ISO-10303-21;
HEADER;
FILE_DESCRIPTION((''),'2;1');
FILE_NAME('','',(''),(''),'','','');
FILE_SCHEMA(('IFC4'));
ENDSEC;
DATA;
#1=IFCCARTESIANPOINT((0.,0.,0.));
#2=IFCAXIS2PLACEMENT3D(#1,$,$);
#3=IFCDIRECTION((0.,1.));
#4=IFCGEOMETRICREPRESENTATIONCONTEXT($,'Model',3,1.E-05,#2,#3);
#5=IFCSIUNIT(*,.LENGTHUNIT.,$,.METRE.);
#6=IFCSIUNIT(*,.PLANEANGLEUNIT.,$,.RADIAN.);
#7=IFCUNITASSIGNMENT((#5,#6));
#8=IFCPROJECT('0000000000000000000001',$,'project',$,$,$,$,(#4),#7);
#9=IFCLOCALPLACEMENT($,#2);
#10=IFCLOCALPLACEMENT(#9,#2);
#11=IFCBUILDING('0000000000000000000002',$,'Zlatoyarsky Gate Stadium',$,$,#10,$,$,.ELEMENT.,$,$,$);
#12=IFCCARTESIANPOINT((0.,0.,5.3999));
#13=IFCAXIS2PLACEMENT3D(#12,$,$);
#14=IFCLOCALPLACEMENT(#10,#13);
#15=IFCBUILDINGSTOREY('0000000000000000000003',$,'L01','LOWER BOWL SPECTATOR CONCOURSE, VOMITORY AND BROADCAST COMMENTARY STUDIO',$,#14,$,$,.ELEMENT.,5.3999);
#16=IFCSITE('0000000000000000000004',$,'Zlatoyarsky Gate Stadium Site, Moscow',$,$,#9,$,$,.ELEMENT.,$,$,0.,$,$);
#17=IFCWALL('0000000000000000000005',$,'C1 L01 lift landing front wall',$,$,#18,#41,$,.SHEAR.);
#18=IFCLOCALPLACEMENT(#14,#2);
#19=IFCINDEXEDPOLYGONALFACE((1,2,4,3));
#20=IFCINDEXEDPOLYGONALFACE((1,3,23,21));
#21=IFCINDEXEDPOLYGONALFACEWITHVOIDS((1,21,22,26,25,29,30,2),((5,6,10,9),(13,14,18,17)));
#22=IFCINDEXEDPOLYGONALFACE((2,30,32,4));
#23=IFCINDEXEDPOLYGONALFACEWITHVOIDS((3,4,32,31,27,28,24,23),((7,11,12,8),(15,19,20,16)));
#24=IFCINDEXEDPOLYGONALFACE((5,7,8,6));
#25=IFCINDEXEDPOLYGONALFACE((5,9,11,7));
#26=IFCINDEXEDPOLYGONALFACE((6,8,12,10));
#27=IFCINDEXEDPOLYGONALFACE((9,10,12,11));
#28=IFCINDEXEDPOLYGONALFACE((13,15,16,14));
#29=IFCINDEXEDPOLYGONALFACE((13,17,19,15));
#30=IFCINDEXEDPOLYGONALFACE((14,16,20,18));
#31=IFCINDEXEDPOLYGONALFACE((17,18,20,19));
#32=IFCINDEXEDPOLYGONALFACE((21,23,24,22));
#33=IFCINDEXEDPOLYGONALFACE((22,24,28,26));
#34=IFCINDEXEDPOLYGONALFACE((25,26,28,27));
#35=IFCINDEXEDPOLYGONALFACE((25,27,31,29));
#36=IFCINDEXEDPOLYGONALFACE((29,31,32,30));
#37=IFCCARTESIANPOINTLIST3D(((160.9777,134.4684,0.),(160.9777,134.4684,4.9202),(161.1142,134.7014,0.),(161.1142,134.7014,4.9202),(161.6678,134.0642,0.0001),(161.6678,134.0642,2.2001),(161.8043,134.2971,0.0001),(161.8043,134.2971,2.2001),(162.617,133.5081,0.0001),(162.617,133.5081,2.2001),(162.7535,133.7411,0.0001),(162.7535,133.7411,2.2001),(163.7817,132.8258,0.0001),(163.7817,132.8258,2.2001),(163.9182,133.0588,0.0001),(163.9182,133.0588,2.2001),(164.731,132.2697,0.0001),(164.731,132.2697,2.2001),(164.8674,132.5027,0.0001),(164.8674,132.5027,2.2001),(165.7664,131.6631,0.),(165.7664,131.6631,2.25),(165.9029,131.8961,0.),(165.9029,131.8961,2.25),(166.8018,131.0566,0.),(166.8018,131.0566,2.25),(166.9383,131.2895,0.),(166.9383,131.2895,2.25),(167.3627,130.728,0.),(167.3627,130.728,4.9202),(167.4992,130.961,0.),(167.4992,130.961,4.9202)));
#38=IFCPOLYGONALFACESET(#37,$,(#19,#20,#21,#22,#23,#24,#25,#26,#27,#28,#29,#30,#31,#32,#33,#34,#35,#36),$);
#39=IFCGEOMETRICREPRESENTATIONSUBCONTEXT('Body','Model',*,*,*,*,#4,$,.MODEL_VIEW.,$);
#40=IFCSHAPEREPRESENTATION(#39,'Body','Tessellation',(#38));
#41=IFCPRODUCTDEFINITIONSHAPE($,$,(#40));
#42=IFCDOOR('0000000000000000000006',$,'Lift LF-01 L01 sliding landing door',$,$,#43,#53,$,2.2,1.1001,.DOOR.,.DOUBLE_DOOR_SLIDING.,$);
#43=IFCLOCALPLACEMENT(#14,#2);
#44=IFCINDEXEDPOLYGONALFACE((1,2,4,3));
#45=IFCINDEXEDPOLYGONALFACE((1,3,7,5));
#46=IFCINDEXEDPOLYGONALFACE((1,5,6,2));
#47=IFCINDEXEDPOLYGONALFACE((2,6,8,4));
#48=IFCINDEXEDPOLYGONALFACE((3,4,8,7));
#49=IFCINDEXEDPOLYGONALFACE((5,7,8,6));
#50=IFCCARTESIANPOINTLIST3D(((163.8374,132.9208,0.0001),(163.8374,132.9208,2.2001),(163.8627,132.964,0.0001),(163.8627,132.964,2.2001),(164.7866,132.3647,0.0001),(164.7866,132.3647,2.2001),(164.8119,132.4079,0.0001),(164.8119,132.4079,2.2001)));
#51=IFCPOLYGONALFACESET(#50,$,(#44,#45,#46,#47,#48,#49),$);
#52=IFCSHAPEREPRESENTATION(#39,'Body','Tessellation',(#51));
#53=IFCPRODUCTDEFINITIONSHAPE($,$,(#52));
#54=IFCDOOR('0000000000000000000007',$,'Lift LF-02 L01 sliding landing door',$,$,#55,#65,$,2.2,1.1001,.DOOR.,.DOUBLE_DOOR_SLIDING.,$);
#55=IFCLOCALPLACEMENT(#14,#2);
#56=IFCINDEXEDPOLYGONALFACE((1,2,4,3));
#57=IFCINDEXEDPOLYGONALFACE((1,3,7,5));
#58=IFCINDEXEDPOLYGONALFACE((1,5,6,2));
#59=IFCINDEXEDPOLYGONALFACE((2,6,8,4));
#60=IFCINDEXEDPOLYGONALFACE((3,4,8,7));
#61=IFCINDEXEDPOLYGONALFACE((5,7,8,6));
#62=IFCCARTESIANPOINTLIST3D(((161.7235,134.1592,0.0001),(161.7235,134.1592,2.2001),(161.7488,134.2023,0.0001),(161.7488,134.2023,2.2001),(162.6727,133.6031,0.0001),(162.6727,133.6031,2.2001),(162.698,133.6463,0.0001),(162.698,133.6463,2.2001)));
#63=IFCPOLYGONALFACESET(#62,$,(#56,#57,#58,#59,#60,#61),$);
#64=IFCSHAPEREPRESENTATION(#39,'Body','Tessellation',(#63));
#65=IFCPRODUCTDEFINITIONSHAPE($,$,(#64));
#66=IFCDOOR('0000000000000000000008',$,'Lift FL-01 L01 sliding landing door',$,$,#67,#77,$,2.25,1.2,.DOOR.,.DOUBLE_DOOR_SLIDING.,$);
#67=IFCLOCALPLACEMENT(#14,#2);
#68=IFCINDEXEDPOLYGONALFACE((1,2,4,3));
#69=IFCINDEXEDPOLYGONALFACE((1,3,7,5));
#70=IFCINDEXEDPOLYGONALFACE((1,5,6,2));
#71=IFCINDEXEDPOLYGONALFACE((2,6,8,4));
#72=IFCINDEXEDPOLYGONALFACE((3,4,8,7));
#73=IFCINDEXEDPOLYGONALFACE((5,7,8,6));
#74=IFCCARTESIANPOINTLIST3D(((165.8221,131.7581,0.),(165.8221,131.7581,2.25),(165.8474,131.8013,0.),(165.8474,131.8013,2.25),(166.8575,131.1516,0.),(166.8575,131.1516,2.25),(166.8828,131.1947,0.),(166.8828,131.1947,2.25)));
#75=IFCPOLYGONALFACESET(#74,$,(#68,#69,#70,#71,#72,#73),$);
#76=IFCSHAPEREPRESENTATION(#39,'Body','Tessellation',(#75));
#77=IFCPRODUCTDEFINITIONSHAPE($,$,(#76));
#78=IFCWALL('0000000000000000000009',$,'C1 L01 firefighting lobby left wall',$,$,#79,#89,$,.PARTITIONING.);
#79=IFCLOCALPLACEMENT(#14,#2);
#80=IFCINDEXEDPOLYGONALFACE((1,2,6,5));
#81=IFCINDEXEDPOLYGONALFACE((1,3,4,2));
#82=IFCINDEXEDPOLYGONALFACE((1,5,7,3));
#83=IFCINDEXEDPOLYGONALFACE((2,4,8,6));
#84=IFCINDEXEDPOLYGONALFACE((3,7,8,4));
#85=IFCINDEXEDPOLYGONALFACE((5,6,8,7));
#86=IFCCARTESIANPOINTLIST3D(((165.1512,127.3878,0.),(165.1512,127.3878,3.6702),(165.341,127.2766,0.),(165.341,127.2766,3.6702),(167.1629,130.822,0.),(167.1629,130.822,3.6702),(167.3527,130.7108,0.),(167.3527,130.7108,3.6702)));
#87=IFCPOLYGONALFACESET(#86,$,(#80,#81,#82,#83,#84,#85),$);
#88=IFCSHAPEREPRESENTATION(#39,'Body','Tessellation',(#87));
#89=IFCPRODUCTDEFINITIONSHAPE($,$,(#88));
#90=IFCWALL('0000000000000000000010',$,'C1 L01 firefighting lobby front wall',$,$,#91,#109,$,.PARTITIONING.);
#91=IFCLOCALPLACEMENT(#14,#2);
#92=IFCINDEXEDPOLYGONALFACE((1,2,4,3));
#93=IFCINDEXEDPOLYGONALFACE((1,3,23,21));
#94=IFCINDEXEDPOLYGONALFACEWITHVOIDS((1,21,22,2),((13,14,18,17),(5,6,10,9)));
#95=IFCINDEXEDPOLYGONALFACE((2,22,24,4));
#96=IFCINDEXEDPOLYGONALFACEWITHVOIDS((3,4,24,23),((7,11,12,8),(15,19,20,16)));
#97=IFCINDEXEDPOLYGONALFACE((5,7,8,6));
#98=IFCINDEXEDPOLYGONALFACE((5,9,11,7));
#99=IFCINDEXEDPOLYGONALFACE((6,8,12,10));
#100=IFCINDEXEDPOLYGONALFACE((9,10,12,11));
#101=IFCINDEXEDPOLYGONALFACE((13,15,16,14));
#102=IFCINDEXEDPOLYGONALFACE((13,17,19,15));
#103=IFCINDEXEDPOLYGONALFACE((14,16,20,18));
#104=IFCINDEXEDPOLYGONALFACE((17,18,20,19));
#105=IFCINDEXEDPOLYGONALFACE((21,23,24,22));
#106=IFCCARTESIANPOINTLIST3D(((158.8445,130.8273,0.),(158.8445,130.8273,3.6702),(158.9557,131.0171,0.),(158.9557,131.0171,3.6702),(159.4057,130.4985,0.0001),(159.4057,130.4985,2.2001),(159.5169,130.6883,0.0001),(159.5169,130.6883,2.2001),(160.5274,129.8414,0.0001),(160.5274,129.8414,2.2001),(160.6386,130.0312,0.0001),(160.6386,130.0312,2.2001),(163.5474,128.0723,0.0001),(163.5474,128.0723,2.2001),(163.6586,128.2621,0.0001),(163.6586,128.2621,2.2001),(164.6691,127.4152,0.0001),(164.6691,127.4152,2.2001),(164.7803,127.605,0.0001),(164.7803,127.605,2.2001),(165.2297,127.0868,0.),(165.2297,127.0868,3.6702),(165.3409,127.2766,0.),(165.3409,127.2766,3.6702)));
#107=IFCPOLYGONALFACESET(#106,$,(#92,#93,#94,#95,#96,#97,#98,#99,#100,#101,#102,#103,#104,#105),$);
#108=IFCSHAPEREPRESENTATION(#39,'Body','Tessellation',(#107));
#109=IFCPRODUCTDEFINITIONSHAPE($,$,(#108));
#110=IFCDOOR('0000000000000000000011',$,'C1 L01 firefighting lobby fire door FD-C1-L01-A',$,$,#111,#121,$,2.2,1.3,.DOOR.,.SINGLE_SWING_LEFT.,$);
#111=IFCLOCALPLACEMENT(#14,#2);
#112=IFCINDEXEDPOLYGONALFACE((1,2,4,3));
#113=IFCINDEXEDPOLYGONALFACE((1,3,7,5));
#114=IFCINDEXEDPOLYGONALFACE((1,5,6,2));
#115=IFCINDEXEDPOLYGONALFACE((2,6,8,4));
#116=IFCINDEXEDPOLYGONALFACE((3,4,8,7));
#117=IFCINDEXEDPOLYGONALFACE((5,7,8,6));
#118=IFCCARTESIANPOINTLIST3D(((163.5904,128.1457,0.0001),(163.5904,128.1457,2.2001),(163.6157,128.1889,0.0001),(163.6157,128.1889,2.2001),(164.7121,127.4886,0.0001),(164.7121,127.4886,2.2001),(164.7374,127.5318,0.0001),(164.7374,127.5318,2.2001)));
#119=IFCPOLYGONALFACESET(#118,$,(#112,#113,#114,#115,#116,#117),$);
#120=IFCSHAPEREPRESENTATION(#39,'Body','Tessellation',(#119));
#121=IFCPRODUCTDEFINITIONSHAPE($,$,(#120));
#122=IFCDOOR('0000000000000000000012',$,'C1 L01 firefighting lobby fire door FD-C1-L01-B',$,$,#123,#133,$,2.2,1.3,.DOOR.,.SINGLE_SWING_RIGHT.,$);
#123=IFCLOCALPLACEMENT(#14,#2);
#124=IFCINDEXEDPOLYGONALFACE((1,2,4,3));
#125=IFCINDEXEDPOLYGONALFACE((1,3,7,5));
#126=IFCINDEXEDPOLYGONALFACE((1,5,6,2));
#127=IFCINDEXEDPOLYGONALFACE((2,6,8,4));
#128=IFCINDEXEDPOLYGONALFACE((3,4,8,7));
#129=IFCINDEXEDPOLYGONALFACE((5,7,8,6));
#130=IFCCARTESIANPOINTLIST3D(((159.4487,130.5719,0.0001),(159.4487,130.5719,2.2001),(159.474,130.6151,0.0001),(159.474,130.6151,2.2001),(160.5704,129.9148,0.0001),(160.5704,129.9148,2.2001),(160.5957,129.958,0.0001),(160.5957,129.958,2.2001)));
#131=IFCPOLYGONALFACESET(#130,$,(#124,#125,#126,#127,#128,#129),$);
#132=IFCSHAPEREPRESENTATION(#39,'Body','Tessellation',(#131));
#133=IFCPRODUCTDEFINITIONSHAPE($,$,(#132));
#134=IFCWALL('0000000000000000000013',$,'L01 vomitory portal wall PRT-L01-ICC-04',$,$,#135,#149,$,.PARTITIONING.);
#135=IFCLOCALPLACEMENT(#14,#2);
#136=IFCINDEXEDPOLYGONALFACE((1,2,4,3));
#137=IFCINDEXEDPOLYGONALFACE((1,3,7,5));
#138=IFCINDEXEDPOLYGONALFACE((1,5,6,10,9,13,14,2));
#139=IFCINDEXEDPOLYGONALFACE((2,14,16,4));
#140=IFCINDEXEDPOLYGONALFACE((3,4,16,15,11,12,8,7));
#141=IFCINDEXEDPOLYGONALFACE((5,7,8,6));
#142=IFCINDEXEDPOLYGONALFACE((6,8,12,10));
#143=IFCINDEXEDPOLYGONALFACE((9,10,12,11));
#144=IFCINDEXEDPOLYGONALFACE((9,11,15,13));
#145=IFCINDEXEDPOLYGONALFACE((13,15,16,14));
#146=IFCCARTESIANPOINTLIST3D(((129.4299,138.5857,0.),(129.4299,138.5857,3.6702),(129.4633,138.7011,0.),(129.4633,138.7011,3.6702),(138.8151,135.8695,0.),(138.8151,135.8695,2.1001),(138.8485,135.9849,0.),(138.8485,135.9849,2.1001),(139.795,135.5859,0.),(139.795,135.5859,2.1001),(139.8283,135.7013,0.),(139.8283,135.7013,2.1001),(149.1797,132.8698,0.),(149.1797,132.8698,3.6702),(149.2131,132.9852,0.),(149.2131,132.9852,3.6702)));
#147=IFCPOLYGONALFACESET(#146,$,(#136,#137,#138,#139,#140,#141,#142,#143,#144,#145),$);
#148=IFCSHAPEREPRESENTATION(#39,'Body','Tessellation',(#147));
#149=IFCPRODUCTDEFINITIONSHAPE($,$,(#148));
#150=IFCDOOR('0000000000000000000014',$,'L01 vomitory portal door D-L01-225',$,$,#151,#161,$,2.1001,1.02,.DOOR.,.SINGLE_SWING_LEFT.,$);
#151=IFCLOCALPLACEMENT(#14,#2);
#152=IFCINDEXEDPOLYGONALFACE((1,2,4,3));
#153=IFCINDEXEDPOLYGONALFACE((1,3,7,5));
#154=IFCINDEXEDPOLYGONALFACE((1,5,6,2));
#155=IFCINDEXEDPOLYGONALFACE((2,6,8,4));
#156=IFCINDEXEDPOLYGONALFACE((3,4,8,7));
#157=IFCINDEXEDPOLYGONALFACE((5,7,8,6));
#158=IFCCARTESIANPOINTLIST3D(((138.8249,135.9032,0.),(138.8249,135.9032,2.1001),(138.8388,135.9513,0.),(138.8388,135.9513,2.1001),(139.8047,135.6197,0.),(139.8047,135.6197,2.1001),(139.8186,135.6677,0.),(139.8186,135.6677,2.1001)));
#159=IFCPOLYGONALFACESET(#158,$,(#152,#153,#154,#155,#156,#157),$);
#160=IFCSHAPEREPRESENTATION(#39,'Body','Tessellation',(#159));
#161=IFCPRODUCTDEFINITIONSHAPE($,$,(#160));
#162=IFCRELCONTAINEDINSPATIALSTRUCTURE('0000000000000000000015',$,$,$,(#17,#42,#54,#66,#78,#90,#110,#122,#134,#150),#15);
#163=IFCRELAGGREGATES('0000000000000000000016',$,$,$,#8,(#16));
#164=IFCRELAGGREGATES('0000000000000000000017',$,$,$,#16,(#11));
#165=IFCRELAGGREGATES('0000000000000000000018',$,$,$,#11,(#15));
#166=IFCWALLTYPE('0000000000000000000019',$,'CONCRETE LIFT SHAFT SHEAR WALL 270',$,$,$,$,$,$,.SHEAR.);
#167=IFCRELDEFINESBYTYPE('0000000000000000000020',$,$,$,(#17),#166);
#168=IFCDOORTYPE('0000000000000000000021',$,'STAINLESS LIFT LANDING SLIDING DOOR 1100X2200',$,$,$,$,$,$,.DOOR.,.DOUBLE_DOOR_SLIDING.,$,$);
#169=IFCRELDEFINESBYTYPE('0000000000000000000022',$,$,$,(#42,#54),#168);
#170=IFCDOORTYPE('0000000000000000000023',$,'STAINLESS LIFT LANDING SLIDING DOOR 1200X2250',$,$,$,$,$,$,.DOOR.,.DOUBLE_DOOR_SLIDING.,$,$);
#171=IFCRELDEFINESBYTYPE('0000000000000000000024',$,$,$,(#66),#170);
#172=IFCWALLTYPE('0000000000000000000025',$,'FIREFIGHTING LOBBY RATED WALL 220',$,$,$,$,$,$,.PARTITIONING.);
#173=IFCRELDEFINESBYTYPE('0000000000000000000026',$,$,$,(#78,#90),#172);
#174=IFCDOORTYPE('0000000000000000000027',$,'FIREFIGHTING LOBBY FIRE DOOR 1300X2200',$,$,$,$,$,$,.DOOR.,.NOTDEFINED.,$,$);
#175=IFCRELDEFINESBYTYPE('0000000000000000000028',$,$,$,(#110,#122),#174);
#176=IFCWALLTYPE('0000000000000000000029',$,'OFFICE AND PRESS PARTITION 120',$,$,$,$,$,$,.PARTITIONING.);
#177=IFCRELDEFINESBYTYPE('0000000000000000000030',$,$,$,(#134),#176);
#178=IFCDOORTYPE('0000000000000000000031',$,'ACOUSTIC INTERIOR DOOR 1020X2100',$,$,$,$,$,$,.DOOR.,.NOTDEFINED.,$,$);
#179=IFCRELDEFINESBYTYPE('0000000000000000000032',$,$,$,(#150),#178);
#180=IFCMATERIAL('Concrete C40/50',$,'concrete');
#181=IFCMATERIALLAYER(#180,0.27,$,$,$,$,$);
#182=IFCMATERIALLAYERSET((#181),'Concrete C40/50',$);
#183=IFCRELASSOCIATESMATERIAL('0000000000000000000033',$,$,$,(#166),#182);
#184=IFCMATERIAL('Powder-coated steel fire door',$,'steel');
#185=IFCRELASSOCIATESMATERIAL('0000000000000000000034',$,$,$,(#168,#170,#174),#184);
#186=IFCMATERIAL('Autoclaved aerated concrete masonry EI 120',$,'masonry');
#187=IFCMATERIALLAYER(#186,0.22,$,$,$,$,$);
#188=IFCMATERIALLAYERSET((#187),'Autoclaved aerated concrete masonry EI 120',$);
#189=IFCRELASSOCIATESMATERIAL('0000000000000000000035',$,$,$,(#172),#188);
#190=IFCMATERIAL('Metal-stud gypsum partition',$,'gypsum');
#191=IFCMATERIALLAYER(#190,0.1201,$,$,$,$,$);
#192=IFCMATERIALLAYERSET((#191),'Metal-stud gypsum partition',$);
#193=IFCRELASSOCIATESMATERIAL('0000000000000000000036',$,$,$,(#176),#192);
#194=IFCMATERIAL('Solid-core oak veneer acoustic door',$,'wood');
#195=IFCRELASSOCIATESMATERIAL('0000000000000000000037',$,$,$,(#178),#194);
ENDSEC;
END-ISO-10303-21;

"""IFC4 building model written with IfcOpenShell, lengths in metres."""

from ifc_helpers import new_model, si_unit, direction, frame, frame_2d, origin, place, context, subcontext, project, spatial, rectangle, extrude, material, layer, layer_set, type_object, element, fill, save


model = new_model("IFC4")

# Units and contexts
model_context = context("Model", 3, precision=1e-05, world=origin(), true_north=direction((0.0, 1.0)))
body_context = subcontext(model_context, "Body", "Model", "MODEL_VIEW")
ifc_project = project(units=[si_unit("LENGTHUNIT", "METRE"), si_unit("PLANEANGLEUNIT", "RADIAN")], contexts=[model_context])

# Site, building, storey
site_placement = place(None, origin())
site = spatial("IfcSite", under=ifc_project, at=site_placement, Name="Zlatoyarsky Gate Stadium Site, Moscow", CompositionType="ELEMENT", RefElevation=0.0)
building_placement = place(site_placement, origin())
building = spatial("IfcBuilding", under=site, at=building_placement, Name="Zlatoyarsky Gate Stadium", CompositionType="ELEMENT")
storey_placement = place(building_placement, frame((0.0, 0.0, 5.3999)))
storey = spatial("IfcBuildingStorey", under=building, at=storey_placement, Name="L01", Description="LOWER BOWL SPECTATOR CONCOURSE, VOMITORY AND BROADCAST COMMENTARY STUDIO", CompositionType="ELEMENT", Elevation=5.3999)

# Shared definitions
ifc_material_1 = material(Name="Concrete C40/50", Category="concrete")

# Shared definitions
ifc_material_2 = material(Name="Powder-coated steel fire door", Category="steel")

# Shared definitions
ifc_material_3 = material(Name="Metal-stud gypsum partition", Category="gypsum")

# Wall, openings, doors
ifc_layer_1 = layer(ifc_material_1, 0.27)
ifc_layer_set_1 = layer_set([ifc_layer_1], Name="Concrete C40/50")
wall_type_1 = type_object("IfcWallType", Name="CONCRETE LIFT SHAFT SHEAR WALL 270", PredefinedType="SHEAR", material=ifc_layer_set_1)
wall_1_placement = place(storey_placement, frame((167.4309, 130.8445, 0.0), z_axis=(0.0, 0.0, 1.0), x_axis=(-0.862843, 0.505472, 0.0)))
wall_1 = element("IfcWall", 1, at=wall_1_placement, inside=storey, type_object=wall_type_1, Name="C1 L01 lift landing front wall", PredefinedType="SHEAR", context=body_context, shape_type="SweptSolid", body=[
    extrude(rectangle(XDim=7.3999, YDim=0.27, at=frame_2d((3.7, 0.0))), origin(), (0.0, 0.0, 1.0), 4.9202),
])
opening_1_placement = place(wall_1_placement, frame((0.6499, 0.0, 0.0)))
opening_1 = element("IfcOpeningElement", 2, at=opening_1_placement, cuts=wall_1, PredefinedType="OPENING", context=body_context, shape_type="SweptSolid", body=[
    extrude(rectangle(XDim=1.2, YDim=2.25, at=frame_2d((0.6001, 1.125))), frame((0.0, 0.145, 0.0), z_axis=(0.0, -1.0, 0.0), x_axis=(1.0, 0.0, 0.0)), (0.0, 0.0, 1.0), 0.29),
])
opening_2_placement = place(wall_1_placement, frame((3.05, 0.0, 0.0)))
opening_2 = element("IfcOpeningElement", 3, at=opening_2_placement, cuts=wall_1, PredefinedType="OPENING", context=body_context, shape_type="SweptSolid", body=[
    extrude(rectangle(XDim=1.1001, YDim=2.2, at=frame_2d((0.55, 1.1001))), frame((0.0, 0.145, 0.0), z_axis=(0.0, -1.0, 0.0), x_axis=(1.0, 0.0, 0.0)), (0.0, 0.0, 1.0), 0.29),
])
opening_3_placement = place(wall_1_placement, frame((5.5, 0.0, 0.0)))
opening_3 = element("IfcOpeningElement", 4, at=opening_3_placement, cuts=wall_1, PredefinedType="OPENING", context=body_context, shape_type="SweptSolid", body=[
    extrude(rectangle(XDim=1.1001, YDim=2.2, at=frame_2d((0.55, 1.1001))), frame((0.0, 0.145, 0.0), z_axis=(0.0, -1.0, 0.0), x_axis=(1.0, 0.0, 0.0)), (0.0, 0.0, 1.0), 0.29),
])
door_type_1 = type_object("IfcDoorType", Name="STAINLESS LIFT LANDING SLIDING DOOR 1100X2200", OperationType="DOUBLE_DOOR_SLIDING", PredefinedType="DOOR", material=ifc_material_2)
door_1_placement = place(opening_2_placement, origin())
door_1 = element("IfcDoor", 5, at=door_1_placement, inside=storey, type_object=door_type_1, Name="Lift LF-01 L01 sliding landing door", OperationType="DOUBLE_DOOR_SLIDING", OverallHeight=2.2, OverallWidth=1.1001, PredefinedType="DOOR", context=body_context, shape_type="SweptSolid", body=[
    extrude(rectangle(XDim=1.1001, YDim=2.2, at=frame_2d((0.55, 1.1001))), frame((0.0, 0.0249, 0.0), z_axis=(0.0, -1.0, 0.0), x_axis=(1.0, 0.0, 0.0)), (0.0, 0.0, 1.0), 0.05),
])
fill(opening_2, door_1)
door_2_placement = place(opening_3_placement, origin())
door_2 = element("IfcDoor", 6, at=door_2_placement, inside=storey, type_object=door_type_1, Name="Lift LF-02 L01 sliding landing door", OperationType="DOUBLE_DOOR_SLIDING", OverallHeight=2.2, OverallWidth=1.1001, PredefinedType="DOOR", context=body_context, shape_type="SweptSolid", body=[
    extrude(rectangle(XDim=1.1001, YDim=2.2, at=frame_2d((0.55, 1.1001))), frame((0.0, 0.0249, 0.0), z_axis=(0.0, -1.0, 0.0), x_axis=(1.0, 0.0, 0.0)), (0.0, 0.0, 1.0), 0.05),
])
fill(opening_3, door_2)
door_type_2 = type_object("IfcDoorType", Name="STAINLESS LIFT LANDING SLIDING DOOR 1200X2250", OperationType="DOUBLE_DOOR_SLIDING", PredefinedType="DOOR", material=ifc_material_2)
door_3_placement = place(opening_1_placement, origin())
door_3 = element("IfcDoor", 7, at=door_3_placement, inside=storey, type_object=door_type_2, Name="Lift FL-01 L01 sliding landing door", OperationType="DOUBLE_DOOR_SLIDING", OverallHeight=2.25, OverallWidth=1.2, PredefinedType="DOOR", context=body_context, shape_type="SweptSolid", body=[
    extrude(rectangle(XDim=1.2, YDim=2.25, at=frame_2d((0.6001, 1.125))), frame((0.0, 0.0249, 0.0), z_axis=(0.0, -1.0, 0.0), x_axis=(1.0, 0.0, 0.0)), (0.0, 0.0, 1.0), 0.05),
])
fill(opening_1, door_3)

# Wall
ifc_material_4 = material(Name="Autoclaved aerated concrete masonry EI 120", Category="masonry")
ifc_layer_2 = layer(ifc_material_4, 0.22)
ifc_layer_set_2 = layer_set([ifc_layer_2], Name="Autoclaved aerated concrete masonry EI 120")
wall_type_2 = type_object("IfcWallType", Name="FIREFIGHTING LOBBY RATED WALL 220", PredefinedType="PARTITIONING", material=ifc_layer_set_2)
wall_2_placement = place(storey_placement, frame((167.2578, 130.7664, 0.0), z_axis=(0.0, 0.0, 1.0), x_axis=(-0.505464, -0.862847, 0.0)))
element("IfcWall", 8, at=wall_2_placement, inside=storey, type_object=wall_type_2, Name="C1 L01 firefighting lobby left wall", PredefinedType="PARTITIONING", context=body_context, shape_type="SweptSolid", body=[
    extrude(rectangle(XDim=3.98, YDim=0.22, at=frame_2d((1.99, 0.0))), origin(), (0.0, 0.0, 1.0), 3.6702),
])

# Wall, openings, doors
wall_3_placement = place(storey_placement, frame((165.2854, 127.1816, 0.0), z_axis=(0.0, 0.0, 1.0), x_axis=(-0.862851, 0.505458, 0.0)))
wall_3 = element("IfcWall", 9, at=wall_3_placement, inside=storey, type_object=wall_type_2, Name="C1 L01 firefighting lobby front wall", PredefinedType="PARTITIONING", context=body_context, shape_type="SweptSolid", body=[
    extrude(rectangle(XDim=7.4001, YDim=0.22, at=frame_2d((3.7002, 0.0))), origin(), (0.0, 0.0, 1.0), 3.6702),
])
opening_4_placement = place(wall_3_placement, frame((0.6499, 0.0, 0.0)))
opening_4 = element("IfcOpeningElement", 10, at=opening_4_placement, cuts=wall_3, PredefinedType="OPENING", context=body_context, shape_type="SweptSolid", body=[
    extrude(rectangle(XDim=1.3, YDim=2.2, at=frame_2d((0.6499, 1.1001))), frame((0.0, 0.1199, 0.0), z_axis=(0.0, -1.0, 0.0), x_axis=(1.0, 0.0, 0.0)), (0.0, 0.0, 1.0), 0.24),
])
opening_5_placement = place(wall_3_placement, frame((5.45, 0.0, 0.0)))
opening_5 = element("IfcOpeningElement", 11, at=opening_5_placement, cuts=wall_3, PredefinedType="OPENING", context=body_context, shape_type="SweptSolid", body=[
    extrude(rectangle(XDim=1.3, YDim=2.2, at=frame_2d((0.6499, 1.1001))), frame((0.0, 0.1199, 0.0), z_axis=(0.0, -1.0, 0.0), x_axis=(1.0, 0.0, 0.0)), (0.0, 0.0, 1.0), 0.24),
])
door_type_3 = type_object("IfcDoorType", Name="FIREFIGHTING LOBBY FIRE DOOR 1300X2200", OperationType="NOTDEFINED", PredefinedType="DOOR", material=ifc_material_2)
door_4_placement = place(opening_4_placement, origin())
door_4 = element("IfcDoor", 12, at=door_4_placement, inside=storey, type_object=door_type_3, Name="C1 L01 firefighting lobby fire door FD-C1-L01-A", OperationType="SINGLE_SWING_LEFT", OverallHeight=2.2, OverallWidth=1.3, PredefinedType="DOOR", context=body_context, shape_type="SweptSolid", body=[
    extrude(rectangle(XDim=1.3, YDim=2.2, at=frame_2d((0.6499, 1.1001))), frame((0.0, 0.0249, 0.0), z_axis=(0.0, -1.0, 0.0), x_axis=(1.0, 0.0, 0.0)), (0.0, 0.0, 1.0), 0.05),
])
fill(opening_4, door_4)
door_5_placement = place(opening_5_placement, origin())
door_5 = element("IfcDoor", 13, at=door_5_placement, inside=storey, type_object=door_type_3, Name="C1 L01 firefighting lobby fire door FD-C1-L01-B", OperationType="SINGLE_SWING_RIGHT", OverallHeight=2.2, OverallWidth=1.3, PredefinedType="DOOR", context=body_context, shape_type="SweptSolid", body=[
    extrude(rectangle(XDim=1.3, YDim=2.2, at=frame_2d((0.6499, 1.1001))), frame((0.0, 0.0249, 0.0), z_axis=(0.0, -1.0, 0.0), x_axis=(1.0, 0.0, 0.0)), (0.0, 0.0, 1.0), 0.05),
])
fill(opening_5, door_5)

# Wall, opening, door
ifc_layer_3 = layer(ifc_material_3, 0.1201)
ifc_layer_set_3 = layer_set([ifc_layer_3], Name="Metal-stud gypsum partition")
wall_type_3 = type_object("IfcWallType", Name="OFFICE AND PRESS PARTITION 120", PredefinedType="PARTITIONING", material=ifc_layer_set_3)
wall_4_placement = place(storey_placement, frame((149.1965, 132.9275, 0.0), z_axis=(0.0, 0.0, 1.0), x_axis=(-0.96058, 0.278004, 0.0)))
wall_4 = element("IfcWall", 14, at=wall_4_placement, inside=storey, type_object=wall_type_3, Name="L01 vomitory portal wall PRT-L01-ICC-04", PredefinedType="PARTITIONING", context=body_context, shape_type="SweptSolid", body=[
    extrude(rectangle(XDim=20.5603, YDim=0.1201, at=frame_2d((10.2803, 0.0))), origin(), (0.0, 0.0, 1.0), 3.6702),
])
opening_6_placement = place(wall_4_placement, frame((9.77, 0.0, 0.0)))
opening_6 = element("IfcOpeningElement", 15, at=opening_6_placement, cuts=wall_4, PredefinedType="OPENING", context=body_context, shape_type="SweptSolid", body=[
    extrude(rectangle(XDim=1.02, YDim=2.1001, at=frame_2d((0.51, 1.05))), frame((0.0, 0.0701, 0.0), z_axis=(0.0, -1.0, 0.0), x_axis=(1.0, 0.0, 0.0)), (0.0, 0.0, 1.0), 0.1401),
])
ifc_material_5 = material(Name="Solid-core oak veneer acoustic door", Category="wood")
door_type_4 = type_object("IfcDoorType", Name="ACOUSTIC INTERIOR DOOR 1020X2100", OperationType="NOTDEFINED", PredefinedType="DOOR", material=ifc_material_5)
door_6_placement = place(opening_6_placement, origin())
door_6 = element("IfcDoor", 16, at=door_6_placement, inside=storey, type_object=door_type_4, Name="L01 vomitory portal door D-L01-225", OperationType="SINGLE_SWING_LEFT", OverallHeight=2.1001, OverallWidth=1.02, PredefinedType="DOOR", context=body_context, shape_type="SweptSolid", body=[
    extrude(rectangle(XDim=1.02, YDim=2.1001, at=frame_2d((0.51, 1.05))), frame((0.0, 0.0249, 0.0), z_axis=(0.0, -1.0, 0.0), x_axis=(1.0, 0.0, 0.0)), (0.0, 0.0, 1.0), 0.05),
])
fill(opening_6, door_6)

save(model, "model.ifc")
